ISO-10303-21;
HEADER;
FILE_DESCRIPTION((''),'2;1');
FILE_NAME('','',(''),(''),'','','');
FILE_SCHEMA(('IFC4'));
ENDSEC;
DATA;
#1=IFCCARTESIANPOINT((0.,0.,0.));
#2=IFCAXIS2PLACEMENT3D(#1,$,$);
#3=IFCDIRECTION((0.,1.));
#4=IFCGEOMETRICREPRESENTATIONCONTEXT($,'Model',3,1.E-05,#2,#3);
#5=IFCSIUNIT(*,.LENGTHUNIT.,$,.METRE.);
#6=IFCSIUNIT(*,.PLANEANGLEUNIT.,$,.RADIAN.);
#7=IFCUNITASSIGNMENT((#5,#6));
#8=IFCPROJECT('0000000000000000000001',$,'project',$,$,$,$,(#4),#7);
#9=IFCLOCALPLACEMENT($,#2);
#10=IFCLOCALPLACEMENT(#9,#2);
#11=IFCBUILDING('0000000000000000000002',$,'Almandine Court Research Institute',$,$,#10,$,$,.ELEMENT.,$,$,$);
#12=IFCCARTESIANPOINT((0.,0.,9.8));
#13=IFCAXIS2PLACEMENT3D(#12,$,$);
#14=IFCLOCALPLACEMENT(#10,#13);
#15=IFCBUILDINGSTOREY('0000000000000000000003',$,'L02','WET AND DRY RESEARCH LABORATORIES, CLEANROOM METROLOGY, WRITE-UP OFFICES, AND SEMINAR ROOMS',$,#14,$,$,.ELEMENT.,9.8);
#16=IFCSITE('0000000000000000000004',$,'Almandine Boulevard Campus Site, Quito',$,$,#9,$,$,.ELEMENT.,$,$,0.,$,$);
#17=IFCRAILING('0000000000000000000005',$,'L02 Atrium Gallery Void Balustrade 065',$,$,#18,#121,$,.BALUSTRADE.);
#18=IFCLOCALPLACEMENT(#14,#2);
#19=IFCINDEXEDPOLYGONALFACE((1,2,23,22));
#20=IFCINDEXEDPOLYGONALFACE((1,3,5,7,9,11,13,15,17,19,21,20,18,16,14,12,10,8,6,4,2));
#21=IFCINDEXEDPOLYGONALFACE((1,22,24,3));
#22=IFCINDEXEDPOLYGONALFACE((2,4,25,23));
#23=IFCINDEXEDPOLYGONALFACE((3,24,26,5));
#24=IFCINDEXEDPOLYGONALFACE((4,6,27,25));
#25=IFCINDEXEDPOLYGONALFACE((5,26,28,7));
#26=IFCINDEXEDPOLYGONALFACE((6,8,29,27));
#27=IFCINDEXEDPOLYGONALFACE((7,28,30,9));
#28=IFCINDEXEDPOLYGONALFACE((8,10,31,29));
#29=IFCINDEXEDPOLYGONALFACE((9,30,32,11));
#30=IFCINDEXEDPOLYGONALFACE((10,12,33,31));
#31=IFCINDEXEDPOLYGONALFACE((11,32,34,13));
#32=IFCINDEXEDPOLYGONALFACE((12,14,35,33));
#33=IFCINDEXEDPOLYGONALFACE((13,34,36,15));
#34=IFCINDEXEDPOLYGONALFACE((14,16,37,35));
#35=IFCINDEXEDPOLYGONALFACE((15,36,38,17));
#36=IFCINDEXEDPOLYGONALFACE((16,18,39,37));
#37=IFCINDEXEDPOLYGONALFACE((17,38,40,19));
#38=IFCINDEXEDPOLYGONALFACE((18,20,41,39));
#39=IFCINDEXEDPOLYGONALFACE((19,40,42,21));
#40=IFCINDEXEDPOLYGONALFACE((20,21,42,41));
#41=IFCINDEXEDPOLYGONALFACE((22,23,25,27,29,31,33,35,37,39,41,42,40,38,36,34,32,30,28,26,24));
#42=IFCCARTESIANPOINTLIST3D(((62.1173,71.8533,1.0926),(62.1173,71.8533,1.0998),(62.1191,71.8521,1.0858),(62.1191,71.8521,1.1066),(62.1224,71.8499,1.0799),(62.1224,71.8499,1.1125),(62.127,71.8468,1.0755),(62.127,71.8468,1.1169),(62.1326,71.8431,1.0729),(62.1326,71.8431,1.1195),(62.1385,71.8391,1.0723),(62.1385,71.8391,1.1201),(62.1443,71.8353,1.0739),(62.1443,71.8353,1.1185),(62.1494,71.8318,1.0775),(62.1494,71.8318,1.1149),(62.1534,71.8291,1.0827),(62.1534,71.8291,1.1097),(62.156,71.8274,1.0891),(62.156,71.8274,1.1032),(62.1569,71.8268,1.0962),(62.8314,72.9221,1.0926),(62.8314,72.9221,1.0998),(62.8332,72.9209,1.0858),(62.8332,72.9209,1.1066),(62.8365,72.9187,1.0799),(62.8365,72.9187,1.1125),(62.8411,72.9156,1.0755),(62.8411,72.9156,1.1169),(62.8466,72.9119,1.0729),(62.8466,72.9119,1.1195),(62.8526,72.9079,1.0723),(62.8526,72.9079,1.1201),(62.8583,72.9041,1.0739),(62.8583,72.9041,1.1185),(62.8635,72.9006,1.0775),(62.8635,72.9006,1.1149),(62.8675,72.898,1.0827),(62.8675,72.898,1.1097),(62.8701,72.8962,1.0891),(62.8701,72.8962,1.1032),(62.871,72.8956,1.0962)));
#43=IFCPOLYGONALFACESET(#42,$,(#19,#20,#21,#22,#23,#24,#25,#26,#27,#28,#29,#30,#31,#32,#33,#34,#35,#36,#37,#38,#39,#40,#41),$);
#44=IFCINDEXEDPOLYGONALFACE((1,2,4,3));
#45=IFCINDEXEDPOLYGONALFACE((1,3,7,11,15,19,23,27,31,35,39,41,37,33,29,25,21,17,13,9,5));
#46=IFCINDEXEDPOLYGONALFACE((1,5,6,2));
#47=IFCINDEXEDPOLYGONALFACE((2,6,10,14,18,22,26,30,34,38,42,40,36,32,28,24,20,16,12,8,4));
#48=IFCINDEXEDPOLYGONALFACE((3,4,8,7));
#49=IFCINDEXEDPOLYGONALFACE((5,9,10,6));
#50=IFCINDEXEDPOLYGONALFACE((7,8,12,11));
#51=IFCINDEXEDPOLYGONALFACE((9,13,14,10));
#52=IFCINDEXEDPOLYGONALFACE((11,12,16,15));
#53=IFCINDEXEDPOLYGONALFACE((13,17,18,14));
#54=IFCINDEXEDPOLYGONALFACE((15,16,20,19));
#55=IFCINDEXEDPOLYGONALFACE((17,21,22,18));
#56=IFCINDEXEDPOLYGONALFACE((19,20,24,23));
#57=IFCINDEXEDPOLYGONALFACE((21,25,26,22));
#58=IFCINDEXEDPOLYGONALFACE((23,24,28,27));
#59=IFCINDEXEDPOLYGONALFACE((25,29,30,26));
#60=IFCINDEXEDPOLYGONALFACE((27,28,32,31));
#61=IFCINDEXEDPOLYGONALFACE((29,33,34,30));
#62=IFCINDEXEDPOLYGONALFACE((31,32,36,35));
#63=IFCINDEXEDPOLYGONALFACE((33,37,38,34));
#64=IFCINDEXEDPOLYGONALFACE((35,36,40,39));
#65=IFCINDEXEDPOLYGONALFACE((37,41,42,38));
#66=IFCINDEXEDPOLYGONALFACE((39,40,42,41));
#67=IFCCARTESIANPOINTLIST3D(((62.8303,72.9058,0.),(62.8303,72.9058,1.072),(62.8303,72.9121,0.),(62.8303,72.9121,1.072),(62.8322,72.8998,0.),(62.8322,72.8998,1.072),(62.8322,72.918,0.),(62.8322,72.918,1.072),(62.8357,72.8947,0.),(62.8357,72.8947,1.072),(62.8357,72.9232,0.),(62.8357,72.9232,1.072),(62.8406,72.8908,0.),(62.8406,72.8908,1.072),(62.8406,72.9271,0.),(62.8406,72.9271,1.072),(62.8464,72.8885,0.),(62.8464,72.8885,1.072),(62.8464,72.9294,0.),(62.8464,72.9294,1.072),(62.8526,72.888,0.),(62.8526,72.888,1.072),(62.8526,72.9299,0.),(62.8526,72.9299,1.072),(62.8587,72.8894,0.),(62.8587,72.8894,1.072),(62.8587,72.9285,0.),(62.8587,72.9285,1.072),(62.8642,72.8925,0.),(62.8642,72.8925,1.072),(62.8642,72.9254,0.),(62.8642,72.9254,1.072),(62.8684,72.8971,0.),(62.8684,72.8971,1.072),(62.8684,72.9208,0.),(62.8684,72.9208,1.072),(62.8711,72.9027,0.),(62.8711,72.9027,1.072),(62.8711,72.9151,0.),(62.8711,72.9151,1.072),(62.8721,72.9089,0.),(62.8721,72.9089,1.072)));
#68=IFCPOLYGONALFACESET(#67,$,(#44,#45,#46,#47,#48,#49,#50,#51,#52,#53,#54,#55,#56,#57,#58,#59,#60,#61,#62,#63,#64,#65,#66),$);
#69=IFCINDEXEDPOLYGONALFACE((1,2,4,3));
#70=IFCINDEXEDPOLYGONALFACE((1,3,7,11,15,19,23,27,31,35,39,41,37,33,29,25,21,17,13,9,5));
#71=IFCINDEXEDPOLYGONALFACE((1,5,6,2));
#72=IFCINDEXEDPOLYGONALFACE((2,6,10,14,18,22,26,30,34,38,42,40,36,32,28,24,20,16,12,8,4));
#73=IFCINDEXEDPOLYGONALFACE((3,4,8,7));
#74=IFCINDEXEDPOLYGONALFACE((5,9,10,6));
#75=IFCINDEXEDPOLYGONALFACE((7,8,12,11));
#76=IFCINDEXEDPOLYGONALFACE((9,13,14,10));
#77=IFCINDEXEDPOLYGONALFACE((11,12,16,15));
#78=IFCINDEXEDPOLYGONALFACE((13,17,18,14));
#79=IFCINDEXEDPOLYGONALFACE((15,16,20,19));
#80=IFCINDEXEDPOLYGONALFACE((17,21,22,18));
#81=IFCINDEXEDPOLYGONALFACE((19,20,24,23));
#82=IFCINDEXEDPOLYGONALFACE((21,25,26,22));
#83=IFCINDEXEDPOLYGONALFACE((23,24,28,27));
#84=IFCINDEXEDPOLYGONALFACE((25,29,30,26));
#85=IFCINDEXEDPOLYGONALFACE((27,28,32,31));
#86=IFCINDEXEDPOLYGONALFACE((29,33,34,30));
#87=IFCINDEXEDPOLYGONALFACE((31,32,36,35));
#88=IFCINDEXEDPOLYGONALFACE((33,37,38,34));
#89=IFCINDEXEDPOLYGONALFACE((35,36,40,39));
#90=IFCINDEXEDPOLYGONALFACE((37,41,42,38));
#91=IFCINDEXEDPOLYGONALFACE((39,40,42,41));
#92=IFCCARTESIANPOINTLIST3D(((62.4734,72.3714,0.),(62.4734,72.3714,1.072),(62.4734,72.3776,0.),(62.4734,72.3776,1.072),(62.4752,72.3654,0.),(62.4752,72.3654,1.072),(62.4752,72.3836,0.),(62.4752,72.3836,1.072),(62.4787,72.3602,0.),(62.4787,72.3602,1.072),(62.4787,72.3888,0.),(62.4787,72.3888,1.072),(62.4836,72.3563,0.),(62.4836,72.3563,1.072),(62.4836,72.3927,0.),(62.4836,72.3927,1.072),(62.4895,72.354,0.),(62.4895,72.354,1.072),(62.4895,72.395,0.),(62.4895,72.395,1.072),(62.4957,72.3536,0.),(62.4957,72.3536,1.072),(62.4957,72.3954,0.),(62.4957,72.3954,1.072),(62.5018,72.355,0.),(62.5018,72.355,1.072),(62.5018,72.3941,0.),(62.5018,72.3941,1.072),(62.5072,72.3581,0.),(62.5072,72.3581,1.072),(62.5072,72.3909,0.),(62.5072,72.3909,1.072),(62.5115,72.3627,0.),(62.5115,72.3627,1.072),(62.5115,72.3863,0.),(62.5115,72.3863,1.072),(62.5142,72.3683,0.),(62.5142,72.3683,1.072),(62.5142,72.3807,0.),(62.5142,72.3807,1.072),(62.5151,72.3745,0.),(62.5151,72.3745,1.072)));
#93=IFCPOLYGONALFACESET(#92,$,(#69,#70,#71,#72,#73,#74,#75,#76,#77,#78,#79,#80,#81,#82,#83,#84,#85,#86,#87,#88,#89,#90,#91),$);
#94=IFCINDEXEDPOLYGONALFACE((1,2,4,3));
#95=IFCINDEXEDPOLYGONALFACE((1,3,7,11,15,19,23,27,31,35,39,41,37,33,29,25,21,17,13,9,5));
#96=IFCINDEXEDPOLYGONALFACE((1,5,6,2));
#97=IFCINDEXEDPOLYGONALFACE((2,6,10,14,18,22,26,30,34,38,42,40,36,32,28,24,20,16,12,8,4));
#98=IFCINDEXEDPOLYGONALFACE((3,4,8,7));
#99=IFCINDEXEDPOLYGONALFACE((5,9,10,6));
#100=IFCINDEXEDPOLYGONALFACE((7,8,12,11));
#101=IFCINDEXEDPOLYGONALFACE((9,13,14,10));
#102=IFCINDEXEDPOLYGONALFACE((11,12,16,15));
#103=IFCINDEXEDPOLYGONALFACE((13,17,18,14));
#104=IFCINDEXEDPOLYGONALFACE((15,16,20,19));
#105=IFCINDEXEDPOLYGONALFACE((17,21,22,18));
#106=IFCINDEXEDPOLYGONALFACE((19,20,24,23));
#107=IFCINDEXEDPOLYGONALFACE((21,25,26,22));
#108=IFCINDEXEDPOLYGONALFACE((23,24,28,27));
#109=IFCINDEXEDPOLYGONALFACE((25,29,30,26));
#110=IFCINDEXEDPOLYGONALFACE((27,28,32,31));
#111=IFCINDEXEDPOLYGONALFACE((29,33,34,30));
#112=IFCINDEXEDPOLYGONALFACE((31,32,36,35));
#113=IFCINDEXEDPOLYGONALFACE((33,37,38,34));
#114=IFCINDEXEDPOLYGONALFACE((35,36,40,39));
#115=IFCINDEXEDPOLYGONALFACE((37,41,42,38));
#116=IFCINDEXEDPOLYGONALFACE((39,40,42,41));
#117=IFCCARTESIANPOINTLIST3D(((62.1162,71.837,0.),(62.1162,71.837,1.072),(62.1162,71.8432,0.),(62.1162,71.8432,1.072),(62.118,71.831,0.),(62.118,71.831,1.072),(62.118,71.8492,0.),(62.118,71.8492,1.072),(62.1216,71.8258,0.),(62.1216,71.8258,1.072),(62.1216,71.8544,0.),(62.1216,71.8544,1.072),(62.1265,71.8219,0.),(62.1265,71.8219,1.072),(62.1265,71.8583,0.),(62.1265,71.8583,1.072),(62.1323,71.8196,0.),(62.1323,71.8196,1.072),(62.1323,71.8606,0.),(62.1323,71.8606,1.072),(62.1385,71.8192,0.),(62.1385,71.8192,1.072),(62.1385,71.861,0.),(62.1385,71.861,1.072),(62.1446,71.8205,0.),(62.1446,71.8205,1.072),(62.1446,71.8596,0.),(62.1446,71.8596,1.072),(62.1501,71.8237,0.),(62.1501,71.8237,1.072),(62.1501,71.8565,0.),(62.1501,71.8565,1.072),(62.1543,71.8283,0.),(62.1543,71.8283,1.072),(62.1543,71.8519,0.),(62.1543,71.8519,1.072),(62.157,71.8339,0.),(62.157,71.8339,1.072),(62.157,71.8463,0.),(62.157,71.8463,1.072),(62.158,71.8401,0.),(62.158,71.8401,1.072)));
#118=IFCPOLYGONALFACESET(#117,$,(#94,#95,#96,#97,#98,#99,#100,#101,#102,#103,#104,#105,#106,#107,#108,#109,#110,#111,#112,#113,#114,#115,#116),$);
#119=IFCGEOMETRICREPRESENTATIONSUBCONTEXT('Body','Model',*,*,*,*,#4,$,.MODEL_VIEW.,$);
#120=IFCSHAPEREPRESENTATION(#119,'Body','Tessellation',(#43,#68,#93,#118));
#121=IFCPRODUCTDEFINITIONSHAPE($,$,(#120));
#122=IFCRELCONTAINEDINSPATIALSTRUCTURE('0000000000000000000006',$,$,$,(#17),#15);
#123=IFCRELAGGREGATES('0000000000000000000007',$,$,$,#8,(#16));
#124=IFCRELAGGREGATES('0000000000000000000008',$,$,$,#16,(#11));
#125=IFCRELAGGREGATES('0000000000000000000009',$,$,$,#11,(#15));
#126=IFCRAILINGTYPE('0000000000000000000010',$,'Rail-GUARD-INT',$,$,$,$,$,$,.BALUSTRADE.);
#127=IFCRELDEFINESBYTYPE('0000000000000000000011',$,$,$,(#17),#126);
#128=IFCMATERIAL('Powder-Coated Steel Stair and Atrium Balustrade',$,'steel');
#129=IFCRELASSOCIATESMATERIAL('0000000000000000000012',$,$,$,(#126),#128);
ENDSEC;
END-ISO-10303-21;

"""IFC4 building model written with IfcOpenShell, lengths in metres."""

from ifc_helpers import new_model, si_unit, direction, frame, origin, origin_2d, place, context, subcontext, project, spatial, circle, extrude, material, type_object, element, save


model = new_model("IFC4")

# Units and contexts
model_context = context("Model", 3, precision=1e-05, world=origin(), true_north=direction((0.0, 1.0)))
body_context = subcontext(model_context, "Body", "Model", "MODEL_VIEW")
ifc_project = project(units=[si_unit("LENGTHUNIT", "METRE"), si_unit("PLANEANGLEUNIT", "RADIAN")], contexts=[model_context])

# Site, building, storey
site_placement = place(None, origin())
site = spatial("IfcSite", under=ifc_project, at=site_placement, Name="Almandine Boulevard Campus Site, Quito", CompositionType="ELEMENT", RefElevation=0.0)
building_placement = place(site_placement, origin())
building = spatial("IfcBuilding", under=site, at=building_placement, Name="Almandine Court Research Institute", CompositionType="ELEMENT")
storey_placement = place(building_placement, frame((0.0, 0.0, 9.8)))
storey = spatial("IfcBuildingStorey", under=building, at=storey_placement, Name="L02", Description="WET AND DRY RESEARCH LABORATORIES, CLEANROOM METROLOGY, WRITE-UP OFFICES, AND SEMINAR ROOMS", CompositionType="ELEMENT", Elevation=9.8)

# Railing
ifc_material_1 = material(Name="Powder-Coated Steel Stair and Atrium Balustrade", Category="steel")
railing_type = type_object("IfcRailingType", Name="Rail-GUARD-INT", PredefinedType="BALUSTRADE", material=ifc_material_1)
railing_1_placement = place(storey_placement, frame((62.8511, 72.9089, 0.0)))
element("IfcRailing", 1, at=railing_1_placement, inside=storey, type_object=railing_type, Name="L02 Atrium Gallery Void Balustrade 065", PredefinedType="BALUSTRADE", context=body_context, shape_type="SweptSolid", body=[
    extrude(circle(Radius=0.0239, at=origin_2d()), frame((0.0, 0.0, 1.0962), z_axis=(-0.555533, -0.831495, 0.0), x_axis=(0.831495, -0.555533, 0.0)), (0.0, 0.0, 1.0), 1.2854),
    extrude(circle(Radius=0.021, at=origin_2d()), origin(), (0.0, 0.0, 1.0), 1.072),
    extrude(circle(Radius=0.021, at=origin_2d()), frame((-0.3569, -0.5344, 0.0)), (0.0, 0.0, 1.0), 1.072),
    extrude(circle(Radius=0.021, at=origin_2d()), frame((-0.7141, -1.0688, 0.0)), (0.0, 0.0, 1.0), 1.072),
])

save(model, "model.ifc")
